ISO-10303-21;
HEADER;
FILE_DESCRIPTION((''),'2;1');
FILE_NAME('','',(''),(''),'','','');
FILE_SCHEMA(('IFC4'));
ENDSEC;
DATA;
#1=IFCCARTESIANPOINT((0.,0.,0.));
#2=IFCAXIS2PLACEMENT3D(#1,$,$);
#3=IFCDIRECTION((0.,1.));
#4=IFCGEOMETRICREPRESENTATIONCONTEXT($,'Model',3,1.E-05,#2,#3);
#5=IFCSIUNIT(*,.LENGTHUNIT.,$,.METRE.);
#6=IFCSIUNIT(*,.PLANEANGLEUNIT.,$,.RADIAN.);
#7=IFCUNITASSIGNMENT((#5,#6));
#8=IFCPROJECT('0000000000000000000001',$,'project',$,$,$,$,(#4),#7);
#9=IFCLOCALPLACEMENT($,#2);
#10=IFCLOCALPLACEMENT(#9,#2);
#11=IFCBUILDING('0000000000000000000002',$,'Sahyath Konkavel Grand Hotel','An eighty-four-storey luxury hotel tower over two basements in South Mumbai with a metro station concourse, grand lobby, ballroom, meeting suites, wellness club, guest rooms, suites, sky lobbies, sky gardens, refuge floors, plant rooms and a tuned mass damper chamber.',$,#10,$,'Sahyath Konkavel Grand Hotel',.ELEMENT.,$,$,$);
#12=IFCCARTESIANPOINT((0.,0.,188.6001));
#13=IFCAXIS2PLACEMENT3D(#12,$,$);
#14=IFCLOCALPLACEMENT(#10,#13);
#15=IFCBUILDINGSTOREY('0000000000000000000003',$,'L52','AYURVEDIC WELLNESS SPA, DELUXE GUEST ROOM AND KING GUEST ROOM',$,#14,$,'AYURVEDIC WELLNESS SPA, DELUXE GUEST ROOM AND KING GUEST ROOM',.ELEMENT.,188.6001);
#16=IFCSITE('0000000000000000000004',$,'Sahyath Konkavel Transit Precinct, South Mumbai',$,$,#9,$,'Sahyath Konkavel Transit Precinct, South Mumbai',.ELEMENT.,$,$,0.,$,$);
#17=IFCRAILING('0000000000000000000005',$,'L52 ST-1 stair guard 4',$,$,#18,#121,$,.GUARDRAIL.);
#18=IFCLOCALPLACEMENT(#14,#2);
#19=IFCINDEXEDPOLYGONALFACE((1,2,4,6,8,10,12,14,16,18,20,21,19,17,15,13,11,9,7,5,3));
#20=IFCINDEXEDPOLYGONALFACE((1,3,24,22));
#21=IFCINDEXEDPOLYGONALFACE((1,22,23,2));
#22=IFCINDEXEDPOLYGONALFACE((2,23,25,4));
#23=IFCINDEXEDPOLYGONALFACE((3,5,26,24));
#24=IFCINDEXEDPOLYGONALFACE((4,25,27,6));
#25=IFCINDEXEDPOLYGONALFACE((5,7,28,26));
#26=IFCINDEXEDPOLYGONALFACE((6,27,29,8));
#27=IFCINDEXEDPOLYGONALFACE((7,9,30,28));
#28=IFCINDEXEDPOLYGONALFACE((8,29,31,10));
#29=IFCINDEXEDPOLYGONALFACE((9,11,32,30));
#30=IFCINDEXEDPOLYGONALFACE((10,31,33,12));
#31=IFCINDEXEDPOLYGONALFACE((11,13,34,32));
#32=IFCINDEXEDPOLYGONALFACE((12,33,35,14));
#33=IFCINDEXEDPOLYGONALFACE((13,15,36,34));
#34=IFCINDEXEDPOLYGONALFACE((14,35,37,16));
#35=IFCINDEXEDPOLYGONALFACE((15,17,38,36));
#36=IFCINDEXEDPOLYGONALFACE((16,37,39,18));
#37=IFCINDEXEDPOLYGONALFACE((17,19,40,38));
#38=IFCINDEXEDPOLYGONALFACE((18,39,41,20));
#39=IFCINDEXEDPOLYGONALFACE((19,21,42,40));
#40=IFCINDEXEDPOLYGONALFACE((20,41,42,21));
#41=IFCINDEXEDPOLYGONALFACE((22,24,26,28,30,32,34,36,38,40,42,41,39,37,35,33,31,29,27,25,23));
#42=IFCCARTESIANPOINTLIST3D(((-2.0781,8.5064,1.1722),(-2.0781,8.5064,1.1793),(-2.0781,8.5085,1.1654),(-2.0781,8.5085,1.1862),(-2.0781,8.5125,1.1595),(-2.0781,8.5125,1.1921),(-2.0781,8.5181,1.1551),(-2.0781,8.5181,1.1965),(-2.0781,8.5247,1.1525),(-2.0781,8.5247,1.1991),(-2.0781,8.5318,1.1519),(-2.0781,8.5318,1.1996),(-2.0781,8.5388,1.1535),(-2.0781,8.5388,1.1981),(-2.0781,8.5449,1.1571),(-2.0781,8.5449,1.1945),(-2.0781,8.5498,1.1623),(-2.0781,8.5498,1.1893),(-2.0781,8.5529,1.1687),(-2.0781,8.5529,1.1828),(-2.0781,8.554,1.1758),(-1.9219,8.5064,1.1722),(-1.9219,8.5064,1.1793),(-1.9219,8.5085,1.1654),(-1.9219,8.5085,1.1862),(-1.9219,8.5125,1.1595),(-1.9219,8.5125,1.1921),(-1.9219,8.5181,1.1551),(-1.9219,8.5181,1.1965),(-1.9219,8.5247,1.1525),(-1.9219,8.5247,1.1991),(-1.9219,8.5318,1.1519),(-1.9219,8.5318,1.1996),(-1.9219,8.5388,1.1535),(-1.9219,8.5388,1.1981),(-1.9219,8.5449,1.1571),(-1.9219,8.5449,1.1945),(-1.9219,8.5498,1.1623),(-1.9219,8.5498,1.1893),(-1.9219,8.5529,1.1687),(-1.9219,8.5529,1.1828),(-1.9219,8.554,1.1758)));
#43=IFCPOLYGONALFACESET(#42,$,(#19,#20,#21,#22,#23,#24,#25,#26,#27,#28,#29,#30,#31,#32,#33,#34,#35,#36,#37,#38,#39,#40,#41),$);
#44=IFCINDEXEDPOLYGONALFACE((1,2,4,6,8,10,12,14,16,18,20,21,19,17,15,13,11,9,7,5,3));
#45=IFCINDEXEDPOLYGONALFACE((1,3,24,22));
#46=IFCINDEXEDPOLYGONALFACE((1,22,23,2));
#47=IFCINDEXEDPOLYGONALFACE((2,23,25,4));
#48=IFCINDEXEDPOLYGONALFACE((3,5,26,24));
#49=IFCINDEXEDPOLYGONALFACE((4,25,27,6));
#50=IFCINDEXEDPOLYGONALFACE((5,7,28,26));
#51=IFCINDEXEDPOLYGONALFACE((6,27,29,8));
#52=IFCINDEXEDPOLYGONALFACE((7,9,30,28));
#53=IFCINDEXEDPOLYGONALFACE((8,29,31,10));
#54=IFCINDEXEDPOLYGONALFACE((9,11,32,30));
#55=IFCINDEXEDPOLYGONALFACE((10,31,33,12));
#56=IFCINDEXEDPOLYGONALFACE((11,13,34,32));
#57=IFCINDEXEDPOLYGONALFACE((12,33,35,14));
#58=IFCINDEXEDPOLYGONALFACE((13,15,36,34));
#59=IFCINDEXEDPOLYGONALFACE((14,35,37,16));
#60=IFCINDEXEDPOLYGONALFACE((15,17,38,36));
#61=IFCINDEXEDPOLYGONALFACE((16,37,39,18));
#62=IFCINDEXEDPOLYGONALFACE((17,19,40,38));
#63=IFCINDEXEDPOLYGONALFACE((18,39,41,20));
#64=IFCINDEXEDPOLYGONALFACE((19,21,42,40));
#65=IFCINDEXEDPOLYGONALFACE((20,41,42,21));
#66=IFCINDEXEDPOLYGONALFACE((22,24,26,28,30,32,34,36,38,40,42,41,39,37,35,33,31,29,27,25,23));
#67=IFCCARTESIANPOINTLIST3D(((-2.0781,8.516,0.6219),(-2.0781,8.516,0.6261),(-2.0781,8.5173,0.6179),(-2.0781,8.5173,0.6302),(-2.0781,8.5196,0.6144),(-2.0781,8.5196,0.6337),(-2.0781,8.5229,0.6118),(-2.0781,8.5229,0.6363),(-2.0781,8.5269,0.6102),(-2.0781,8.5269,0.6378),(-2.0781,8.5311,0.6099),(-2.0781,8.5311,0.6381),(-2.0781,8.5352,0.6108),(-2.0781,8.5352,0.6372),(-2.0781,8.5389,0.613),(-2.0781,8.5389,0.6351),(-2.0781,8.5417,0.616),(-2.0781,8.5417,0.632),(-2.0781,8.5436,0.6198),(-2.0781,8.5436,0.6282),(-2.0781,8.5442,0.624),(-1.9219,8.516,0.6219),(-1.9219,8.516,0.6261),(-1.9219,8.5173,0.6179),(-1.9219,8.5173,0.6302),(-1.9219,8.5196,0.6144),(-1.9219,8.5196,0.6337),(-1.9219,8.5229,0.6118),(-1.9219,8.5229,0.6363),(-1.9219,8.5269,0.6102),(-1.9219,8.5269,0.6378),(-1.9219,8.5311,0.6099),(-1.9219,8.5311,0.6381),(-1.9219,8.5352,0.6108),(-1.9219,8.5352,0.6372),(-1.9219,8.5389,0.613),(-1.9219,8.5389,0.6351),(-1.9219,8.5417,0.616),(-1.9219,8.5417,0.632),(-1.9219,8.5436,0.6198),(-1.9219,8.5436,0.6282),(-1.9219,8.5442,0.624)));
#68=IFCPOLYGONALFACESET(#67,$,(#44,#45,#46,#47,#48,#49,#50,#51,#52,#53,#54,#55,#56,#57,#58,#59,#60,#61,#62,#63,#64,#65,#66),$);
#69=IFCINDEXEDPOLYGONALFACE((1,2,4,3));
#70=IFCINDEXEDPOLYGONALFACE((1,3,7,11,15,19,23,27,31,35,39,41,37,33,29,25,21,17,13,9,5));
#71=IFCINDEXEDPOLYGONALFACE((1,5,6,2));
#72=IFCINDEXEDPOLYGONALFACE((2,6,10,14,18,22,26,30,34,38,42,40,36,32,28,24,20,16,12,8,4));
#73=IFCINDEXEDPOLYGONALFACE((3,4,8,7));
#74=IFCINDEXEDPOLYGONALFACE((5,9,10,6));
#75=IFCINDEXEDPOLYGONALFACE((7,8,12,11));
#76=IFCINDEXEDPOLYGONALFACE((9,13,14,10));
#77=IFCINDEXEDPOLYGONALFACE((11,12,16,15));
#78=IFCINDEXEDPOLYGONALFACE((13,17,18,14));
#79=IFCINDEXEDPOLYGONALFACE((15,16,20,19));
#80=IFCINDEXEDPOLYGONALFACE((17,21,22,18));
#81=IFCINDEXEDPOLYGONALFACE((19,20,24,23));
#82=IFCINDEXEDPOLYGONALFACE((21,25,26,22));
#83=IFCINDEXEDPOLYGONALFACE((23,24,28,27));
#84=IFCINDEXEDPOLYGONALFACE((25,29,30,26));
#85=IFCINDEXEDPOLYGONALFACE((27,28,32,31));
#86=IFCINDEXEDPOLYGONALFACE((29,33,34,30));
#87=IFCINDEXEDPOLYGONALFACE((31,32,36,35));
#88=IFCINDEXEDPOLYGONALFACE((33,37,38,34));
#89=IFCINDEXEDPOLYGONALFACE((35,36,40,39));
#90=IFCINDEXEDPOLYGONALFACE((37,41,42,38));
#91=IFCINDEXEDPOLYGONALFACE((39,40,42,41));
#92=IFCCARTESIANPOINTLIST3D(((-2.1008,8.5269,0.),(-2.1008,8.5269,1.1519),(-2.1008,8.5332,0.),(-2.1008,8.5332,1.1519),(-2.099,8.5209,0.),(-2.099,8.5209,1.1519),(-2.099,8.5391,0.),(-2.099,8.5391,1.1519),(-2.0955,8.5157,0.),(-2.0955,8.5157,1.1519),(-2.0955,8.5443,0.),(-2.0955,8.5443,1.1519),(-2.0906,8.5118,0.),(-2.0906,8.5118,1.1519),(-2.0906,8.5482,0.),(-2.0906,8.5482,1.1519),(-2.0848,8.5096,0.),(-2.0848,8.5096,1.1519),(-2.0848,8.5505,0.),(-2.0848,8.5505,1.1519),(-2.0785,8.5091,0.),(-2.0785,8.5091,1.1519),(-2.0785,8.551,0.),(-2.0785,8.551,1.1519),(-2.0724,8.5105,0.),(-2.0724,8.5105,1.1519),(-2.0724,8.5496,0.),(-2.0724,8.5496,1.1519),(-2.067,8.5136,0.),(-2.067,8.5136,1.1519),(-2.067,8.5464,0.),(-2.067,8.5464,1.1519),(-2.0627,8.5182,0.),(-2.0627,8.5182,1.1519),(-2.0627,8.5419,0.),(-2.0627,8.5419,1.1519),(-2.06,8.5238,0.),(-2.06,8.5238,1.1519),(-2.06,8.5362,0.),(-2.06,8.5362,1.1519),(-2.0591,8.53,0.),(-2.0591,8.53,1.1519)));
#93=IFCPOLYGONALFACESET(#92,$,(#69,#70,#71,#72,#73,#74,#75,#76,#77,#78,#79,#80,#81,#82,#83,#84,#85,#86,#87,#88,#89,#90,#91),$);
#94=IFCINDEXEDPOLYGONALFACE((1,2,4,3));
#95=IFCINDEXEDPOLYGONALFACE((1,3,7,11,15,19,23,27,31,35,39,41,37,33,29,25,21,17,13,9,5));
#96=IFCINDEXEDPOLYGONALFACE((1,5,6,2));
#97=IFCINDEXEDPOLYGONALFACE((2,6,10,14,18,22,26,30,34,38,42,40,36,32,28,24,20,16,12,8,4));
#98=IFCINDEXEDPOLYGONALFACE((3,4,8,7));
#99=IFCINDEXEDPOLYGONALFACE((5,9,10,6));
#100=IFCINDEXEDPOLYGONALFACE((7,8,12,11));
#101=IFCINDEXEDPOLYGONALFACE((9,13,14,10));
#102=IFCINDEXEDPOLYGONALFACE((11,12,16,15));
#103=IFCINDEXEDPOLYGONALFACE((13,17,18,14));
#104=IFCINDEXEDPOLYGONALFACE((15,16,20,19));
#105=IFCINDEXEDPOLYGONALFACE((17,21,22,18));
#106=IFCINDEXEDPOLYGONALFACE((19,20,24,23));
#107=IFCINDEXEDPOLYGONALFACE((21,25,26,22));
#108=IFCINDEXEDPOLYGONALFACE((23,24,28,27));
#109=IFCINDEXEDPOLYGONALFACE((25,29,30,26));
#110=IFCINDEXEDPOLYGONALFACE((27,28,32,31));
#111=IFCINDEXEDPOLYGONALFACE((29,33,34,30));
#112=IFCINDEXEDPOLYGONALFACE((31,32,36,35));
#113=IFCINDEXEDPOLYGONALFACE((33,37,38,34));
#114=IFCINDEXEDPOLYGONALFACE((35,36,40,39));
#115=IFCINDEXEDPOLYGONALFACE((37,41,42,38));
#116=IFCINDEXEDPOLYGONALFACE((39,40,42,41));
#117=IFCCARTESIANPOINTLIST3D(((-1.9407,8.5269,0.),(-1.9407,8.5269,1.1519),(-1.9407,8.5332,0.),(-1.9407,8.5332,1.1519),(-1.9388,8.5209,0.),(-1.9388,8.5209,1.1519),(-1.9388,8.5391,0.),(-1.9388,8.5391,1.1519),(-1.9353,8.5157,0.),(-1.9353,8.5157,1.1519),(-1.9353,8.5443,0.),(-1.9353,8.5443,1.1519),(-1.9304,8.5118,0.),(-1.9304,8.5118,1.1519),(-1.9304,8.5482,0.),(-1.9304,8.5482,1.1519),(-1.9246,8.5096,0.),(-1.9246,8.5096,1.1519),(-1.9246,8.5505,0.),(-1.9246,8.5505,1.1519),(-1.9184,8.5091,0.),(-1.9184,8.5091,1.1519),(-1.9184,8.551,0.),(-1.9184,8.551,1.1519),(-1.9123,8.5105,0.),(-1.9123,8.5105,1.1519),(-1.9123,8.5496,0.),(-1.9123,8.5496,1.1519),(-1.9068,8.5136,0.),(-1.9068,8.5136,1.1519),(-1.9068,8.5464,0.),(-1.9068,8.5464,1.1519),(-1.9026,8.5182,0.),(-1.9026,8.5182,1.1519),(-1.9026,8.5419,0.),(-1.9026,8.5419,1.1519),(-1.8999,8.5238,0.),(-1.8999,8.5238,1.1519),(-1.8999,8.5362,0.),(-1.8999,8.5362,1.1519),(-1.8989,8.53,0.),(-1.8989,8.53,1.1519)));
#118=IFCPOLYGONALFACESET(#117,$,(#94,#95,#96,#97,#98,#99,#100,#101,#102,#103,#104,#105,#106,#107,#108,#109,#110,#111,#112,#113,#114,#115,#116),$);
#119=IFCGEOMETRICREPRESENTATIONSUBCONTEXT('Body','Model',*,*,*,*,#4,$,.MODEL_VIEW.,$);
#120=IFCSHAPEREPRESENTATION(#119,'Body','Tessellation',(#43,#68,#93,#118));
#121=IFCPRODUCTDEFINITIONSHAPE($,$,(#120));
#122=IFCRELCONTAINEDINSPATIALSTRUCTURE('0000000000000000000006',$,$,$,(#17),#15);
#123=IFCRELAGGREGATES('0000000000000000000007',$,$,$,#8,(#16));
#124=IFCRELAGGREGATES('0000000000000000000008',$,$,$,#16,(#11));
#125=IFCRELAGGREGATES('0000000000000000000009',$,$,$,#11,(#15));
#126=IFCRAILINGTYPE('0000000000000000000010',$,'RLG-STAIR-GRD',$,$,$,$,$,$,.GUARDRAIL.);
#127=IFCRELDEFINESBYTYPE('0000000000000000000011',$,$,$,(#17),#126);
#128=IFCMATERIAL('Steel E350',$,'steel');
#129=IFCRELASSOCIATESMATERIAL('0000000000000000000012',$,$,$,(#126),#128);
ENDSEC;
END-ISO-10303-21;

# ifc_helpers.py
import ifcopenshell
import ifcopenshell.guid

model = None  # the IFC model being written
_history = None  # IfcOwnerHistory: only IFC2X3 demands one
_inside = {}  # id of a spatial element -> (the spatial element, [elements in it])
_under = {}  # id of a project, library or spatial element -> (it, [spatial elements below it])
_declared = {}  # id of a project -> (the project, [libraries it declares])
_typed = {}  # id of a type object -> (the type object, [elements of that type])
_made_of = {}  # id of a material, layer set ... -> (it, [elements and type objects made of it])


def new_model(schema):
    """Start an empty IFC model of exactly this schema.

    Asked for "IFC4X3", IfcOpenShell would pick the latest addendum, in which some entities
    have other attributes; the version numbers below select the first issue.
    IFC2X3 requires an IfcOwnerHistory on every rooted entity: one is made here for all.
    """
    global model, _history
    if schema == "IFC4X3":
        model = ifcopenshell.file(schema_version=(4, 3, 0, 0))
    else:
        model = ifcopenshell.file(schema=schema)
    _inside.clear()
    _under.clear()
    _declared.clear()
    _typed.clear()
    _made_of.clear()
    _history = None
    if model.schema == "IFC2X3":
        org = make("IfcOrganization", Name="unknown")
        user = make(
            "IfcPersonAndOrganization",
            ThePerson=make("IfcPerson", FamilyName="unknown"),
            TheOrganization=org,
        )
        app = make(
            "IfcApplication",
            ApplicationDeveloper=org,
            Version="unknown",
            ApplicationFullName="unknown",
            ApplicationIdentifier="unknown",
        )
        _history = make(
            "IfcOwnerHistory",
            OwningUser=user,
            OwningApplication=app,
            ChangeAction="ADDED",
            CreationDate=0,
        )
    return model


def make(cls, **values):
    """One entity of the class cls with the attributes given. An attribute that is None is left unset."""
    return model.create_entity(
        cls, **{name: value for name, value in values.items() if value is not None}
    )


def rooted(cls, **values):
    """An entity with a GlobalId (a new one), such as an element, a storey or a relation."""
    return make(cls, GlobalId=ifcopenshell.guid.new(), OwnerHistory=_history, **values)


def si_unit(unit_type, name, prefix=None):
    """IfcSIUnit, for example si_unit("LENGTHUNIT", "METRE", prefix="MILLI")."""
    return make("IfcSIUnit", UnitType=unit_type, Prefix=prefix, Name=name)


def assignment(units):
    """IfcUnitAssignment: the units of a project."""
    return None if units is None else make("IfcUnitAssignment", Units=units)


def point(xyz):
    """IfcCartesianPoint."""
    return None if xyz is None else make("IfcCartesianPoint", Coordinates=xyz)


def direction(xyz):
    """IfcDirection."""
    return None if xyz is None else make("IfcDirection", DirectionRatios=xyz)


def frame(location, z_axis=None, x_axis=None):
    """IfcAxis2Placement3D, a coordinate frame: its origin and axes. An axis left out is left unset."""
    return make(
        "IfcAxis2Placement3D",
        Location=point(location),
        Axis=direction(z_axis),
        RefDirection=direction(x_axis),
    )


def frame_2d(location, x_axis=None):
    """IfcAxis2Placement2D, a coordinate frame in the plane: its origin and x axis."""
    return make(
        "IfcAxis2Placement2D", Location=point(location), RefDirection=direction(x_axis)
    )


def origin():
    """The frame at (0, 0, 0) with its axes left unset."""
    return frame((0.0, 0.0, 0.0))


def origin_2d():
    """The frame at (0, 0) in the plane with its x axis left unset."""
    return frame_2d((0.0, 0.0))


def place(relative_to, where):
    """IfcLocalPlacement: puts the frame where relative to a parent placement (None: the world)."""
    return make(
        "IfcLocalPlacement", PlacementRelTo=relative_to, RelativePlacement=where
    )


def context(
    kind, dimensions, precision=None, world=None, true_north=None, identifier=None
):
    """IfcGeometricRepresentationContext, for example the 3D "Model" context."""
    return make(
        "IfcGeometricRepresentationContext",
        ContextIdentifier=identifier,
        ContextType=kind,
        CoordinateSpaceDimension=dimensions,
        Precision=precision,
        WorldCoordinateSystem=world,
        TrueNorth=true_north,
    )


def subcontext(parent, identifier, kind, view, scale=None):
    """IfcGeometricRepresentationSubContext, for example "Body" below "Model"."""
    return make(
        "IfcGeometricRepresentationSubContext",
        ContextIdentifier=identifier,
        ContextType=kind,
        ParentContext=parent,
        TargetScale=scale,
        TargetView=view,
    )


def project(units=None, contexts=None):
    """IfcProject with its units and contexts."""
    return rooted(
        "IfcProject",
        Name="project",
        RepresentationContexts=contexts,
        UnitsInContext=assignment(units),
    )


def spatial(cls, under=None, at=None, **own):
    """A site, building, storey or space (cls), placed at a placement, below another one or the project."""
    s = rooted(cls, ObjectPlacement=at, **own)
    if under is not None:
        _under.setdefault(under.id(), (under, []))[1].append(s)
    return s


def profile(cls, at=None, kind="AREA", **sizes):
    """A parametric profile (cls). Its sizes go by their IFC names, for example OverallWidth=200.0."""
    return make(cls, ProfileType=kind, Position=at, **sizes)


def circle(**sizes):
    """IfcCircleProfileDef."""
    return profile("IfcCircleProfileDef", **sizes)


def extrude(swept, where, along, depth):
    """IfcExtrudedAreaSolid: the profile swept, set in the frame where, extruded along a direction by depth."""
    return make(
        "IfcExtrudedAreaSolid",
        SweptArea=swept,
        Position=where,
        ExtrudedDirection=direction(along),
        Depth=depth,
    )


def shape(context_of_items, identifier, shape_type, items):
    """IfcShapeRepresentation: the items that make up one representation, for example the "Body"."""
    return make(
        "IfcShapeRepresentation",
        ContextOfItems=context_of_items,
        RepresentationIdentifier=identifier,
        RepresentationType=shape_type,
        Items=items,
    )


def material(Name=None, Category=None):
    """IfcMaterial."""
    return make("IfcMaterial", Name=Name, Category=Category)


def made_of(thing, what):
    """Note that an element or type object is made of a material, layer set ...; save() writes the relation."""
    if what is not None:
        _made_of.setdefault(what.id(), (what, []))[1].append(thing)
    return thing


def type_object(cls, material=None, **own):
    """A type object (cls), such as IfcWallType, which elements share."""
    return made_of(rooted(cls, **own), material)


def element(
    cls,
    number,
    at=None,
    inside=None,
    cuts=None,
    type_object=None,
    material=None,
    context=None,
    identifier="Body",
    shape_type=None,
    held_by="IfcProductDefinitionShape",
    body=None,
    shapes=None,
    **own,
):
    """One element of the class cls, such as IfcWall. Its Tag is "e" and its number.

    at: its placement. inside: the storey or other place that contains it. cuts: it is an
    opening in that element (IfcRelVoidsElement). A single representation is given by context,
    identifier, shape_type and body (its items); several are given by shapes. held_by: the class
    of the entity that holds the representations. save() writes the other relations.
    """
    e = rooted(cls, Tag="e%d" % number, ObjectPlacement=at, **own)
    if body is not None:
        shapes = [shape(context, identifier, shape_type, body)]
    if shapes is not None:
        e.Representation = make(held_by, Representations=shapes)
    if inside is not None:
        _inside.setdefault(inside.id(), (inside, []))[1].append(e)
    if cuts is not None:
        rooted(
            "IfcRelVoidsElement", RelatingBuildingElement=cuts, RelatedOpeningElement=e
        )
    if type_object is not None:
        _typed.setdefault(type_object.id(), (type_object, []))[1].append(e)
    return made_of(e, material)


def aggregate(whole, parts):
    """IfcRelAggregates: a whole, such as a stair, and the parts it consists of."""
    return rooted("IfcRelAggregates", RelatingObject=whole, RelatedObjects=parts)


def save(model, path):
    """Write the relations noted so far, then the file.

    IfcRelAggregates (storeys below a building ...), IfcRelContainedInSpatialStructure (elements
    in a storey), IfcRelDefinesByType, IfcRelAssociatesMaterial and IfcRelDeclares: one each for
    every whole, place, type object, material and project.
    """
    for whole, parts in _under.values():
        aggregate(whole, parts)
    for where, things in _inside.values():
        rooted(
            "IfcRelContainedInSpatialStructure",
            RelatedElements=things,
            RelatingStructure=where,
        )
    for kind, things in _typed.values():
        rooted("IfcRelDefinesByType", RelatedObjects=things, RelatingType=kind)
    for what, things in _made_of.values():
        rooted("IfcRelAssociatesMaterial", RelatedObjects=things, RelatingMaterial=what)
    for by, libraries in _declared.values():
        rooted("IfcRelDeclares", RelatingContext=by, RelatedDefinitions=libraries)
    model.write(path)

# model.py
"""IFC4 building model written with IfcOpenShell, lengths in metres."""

from ifc_helpers import new_model, si_unit, direction, frame, origin, origin_2d, place, context, subcontext, project, spatial, circle, extrude, material, type_object, element, save


model = new_model("IFC4")

# Units and contexts
model_context = context("Model", 3, precision=1e-05, world=origin(), true_north=direction((0.0, 1.0)))
body_context = subcontext(model_context, "Body", "Model", "MODEL_VIEW")
ifc_project = project(units=[si_unit("LENGTHUNIT", "METRE"), si_unit("PLANEANGLEUNIT", "RADIAN")], contexts=[model_context])

# Site, building, storey
site_placement = place(None, origin())
site = spatial("IfcSite", under=ifc_project, at=site_placement, Name="Sahyath Konkavel Transit Precinct, South Mumbai", LongName="Sahyath Konkavel Transit Precinct, South Mumbai", CompositionType="ELEMENT", RefElevation=0.0)
building_placement = place(site_placement, origin())
building = spatial("IfcBuilding", under=site, at=building_placement, Name="Sahyath Konkavel Grand Hotel", Description="An eighty-four-storey luxury hotel tower over two basements in South Mumbai with a metro station concourse, grand lobby, ballroom, meeting suites, wellness club, guest rooms, suites, sky lobbies, sky gardens, refuge floors, plant rooms and a tuned mass damper chamber.", LongName="Sahyath Konkavel Grand Hotel", CompositionType="ELEMENT")
storey_placement = place(building_placement, frame((0.0, 0.0, 188.6001)))
storey = spatial("IfcBuildingStorey", under=building, at=storey_placement, Name="L52", Description="AYURVEDIC WELLNESS SPA, DELUXE GUEST ROOM AND KING GUEST ROOM", LongName="AYURVEDIC WELLNESS SPA, DELUXE GUEST ROOM AND KING GUEST ROOM", CompositionType="ELEMENT", Elevation=188.6001)

# Shared definitions
ifc_material_1 = material(Name="Steel E350", Category="steel")

# Railing
railing_type_1 = type_object("IfcRailingType", Name="RLG-STAIR-GRD", PredefinedType="GUARDRAIL", material=ifc_material_1)
railing_1_placement = place(storey_placement, frame((-2.0801, 8.53, 0.0)))
element("IfcRailing", 1, at=railing_1_placement, inside=storey, type_object=railing_type_1, Name="L52 ST-1 stair guard 4", PredefinedType="GUARDRAIL", context=body_context, shape_type="SweptSolid", body=[
    extrude(circle(Radius=0.0239, at=origin_2d()), frame((0.002, 0.0, 1.1758), z_axis=(1.0, 0.0, 0.0), x_axis=(0.0, 1.0, 0.0)), (0.0, 0.0, 1.0), 0.1562),
    extrude(circle(Radius=0.0142, at=origin_2d()), frame((0.002, 0.0, 0.624), z_axis=(1.0, 0.0, 0.0), x_axis=(0.0, 1.0, 0.0)), (0.0, 0.0, 1.0), 0.1562),
    extrude(circle(Radius=0.021, at=origin_2d()), origin(), (0.0, 0.0, 1.0), 1.1519),
    extrude(circle(Radius=0.021, at=origin_2d()), frame((0.1602, 0.0, 0.0)), (0.0, 0.0, 1.0), 1.1519),
])

save(model, "model.ifc")
